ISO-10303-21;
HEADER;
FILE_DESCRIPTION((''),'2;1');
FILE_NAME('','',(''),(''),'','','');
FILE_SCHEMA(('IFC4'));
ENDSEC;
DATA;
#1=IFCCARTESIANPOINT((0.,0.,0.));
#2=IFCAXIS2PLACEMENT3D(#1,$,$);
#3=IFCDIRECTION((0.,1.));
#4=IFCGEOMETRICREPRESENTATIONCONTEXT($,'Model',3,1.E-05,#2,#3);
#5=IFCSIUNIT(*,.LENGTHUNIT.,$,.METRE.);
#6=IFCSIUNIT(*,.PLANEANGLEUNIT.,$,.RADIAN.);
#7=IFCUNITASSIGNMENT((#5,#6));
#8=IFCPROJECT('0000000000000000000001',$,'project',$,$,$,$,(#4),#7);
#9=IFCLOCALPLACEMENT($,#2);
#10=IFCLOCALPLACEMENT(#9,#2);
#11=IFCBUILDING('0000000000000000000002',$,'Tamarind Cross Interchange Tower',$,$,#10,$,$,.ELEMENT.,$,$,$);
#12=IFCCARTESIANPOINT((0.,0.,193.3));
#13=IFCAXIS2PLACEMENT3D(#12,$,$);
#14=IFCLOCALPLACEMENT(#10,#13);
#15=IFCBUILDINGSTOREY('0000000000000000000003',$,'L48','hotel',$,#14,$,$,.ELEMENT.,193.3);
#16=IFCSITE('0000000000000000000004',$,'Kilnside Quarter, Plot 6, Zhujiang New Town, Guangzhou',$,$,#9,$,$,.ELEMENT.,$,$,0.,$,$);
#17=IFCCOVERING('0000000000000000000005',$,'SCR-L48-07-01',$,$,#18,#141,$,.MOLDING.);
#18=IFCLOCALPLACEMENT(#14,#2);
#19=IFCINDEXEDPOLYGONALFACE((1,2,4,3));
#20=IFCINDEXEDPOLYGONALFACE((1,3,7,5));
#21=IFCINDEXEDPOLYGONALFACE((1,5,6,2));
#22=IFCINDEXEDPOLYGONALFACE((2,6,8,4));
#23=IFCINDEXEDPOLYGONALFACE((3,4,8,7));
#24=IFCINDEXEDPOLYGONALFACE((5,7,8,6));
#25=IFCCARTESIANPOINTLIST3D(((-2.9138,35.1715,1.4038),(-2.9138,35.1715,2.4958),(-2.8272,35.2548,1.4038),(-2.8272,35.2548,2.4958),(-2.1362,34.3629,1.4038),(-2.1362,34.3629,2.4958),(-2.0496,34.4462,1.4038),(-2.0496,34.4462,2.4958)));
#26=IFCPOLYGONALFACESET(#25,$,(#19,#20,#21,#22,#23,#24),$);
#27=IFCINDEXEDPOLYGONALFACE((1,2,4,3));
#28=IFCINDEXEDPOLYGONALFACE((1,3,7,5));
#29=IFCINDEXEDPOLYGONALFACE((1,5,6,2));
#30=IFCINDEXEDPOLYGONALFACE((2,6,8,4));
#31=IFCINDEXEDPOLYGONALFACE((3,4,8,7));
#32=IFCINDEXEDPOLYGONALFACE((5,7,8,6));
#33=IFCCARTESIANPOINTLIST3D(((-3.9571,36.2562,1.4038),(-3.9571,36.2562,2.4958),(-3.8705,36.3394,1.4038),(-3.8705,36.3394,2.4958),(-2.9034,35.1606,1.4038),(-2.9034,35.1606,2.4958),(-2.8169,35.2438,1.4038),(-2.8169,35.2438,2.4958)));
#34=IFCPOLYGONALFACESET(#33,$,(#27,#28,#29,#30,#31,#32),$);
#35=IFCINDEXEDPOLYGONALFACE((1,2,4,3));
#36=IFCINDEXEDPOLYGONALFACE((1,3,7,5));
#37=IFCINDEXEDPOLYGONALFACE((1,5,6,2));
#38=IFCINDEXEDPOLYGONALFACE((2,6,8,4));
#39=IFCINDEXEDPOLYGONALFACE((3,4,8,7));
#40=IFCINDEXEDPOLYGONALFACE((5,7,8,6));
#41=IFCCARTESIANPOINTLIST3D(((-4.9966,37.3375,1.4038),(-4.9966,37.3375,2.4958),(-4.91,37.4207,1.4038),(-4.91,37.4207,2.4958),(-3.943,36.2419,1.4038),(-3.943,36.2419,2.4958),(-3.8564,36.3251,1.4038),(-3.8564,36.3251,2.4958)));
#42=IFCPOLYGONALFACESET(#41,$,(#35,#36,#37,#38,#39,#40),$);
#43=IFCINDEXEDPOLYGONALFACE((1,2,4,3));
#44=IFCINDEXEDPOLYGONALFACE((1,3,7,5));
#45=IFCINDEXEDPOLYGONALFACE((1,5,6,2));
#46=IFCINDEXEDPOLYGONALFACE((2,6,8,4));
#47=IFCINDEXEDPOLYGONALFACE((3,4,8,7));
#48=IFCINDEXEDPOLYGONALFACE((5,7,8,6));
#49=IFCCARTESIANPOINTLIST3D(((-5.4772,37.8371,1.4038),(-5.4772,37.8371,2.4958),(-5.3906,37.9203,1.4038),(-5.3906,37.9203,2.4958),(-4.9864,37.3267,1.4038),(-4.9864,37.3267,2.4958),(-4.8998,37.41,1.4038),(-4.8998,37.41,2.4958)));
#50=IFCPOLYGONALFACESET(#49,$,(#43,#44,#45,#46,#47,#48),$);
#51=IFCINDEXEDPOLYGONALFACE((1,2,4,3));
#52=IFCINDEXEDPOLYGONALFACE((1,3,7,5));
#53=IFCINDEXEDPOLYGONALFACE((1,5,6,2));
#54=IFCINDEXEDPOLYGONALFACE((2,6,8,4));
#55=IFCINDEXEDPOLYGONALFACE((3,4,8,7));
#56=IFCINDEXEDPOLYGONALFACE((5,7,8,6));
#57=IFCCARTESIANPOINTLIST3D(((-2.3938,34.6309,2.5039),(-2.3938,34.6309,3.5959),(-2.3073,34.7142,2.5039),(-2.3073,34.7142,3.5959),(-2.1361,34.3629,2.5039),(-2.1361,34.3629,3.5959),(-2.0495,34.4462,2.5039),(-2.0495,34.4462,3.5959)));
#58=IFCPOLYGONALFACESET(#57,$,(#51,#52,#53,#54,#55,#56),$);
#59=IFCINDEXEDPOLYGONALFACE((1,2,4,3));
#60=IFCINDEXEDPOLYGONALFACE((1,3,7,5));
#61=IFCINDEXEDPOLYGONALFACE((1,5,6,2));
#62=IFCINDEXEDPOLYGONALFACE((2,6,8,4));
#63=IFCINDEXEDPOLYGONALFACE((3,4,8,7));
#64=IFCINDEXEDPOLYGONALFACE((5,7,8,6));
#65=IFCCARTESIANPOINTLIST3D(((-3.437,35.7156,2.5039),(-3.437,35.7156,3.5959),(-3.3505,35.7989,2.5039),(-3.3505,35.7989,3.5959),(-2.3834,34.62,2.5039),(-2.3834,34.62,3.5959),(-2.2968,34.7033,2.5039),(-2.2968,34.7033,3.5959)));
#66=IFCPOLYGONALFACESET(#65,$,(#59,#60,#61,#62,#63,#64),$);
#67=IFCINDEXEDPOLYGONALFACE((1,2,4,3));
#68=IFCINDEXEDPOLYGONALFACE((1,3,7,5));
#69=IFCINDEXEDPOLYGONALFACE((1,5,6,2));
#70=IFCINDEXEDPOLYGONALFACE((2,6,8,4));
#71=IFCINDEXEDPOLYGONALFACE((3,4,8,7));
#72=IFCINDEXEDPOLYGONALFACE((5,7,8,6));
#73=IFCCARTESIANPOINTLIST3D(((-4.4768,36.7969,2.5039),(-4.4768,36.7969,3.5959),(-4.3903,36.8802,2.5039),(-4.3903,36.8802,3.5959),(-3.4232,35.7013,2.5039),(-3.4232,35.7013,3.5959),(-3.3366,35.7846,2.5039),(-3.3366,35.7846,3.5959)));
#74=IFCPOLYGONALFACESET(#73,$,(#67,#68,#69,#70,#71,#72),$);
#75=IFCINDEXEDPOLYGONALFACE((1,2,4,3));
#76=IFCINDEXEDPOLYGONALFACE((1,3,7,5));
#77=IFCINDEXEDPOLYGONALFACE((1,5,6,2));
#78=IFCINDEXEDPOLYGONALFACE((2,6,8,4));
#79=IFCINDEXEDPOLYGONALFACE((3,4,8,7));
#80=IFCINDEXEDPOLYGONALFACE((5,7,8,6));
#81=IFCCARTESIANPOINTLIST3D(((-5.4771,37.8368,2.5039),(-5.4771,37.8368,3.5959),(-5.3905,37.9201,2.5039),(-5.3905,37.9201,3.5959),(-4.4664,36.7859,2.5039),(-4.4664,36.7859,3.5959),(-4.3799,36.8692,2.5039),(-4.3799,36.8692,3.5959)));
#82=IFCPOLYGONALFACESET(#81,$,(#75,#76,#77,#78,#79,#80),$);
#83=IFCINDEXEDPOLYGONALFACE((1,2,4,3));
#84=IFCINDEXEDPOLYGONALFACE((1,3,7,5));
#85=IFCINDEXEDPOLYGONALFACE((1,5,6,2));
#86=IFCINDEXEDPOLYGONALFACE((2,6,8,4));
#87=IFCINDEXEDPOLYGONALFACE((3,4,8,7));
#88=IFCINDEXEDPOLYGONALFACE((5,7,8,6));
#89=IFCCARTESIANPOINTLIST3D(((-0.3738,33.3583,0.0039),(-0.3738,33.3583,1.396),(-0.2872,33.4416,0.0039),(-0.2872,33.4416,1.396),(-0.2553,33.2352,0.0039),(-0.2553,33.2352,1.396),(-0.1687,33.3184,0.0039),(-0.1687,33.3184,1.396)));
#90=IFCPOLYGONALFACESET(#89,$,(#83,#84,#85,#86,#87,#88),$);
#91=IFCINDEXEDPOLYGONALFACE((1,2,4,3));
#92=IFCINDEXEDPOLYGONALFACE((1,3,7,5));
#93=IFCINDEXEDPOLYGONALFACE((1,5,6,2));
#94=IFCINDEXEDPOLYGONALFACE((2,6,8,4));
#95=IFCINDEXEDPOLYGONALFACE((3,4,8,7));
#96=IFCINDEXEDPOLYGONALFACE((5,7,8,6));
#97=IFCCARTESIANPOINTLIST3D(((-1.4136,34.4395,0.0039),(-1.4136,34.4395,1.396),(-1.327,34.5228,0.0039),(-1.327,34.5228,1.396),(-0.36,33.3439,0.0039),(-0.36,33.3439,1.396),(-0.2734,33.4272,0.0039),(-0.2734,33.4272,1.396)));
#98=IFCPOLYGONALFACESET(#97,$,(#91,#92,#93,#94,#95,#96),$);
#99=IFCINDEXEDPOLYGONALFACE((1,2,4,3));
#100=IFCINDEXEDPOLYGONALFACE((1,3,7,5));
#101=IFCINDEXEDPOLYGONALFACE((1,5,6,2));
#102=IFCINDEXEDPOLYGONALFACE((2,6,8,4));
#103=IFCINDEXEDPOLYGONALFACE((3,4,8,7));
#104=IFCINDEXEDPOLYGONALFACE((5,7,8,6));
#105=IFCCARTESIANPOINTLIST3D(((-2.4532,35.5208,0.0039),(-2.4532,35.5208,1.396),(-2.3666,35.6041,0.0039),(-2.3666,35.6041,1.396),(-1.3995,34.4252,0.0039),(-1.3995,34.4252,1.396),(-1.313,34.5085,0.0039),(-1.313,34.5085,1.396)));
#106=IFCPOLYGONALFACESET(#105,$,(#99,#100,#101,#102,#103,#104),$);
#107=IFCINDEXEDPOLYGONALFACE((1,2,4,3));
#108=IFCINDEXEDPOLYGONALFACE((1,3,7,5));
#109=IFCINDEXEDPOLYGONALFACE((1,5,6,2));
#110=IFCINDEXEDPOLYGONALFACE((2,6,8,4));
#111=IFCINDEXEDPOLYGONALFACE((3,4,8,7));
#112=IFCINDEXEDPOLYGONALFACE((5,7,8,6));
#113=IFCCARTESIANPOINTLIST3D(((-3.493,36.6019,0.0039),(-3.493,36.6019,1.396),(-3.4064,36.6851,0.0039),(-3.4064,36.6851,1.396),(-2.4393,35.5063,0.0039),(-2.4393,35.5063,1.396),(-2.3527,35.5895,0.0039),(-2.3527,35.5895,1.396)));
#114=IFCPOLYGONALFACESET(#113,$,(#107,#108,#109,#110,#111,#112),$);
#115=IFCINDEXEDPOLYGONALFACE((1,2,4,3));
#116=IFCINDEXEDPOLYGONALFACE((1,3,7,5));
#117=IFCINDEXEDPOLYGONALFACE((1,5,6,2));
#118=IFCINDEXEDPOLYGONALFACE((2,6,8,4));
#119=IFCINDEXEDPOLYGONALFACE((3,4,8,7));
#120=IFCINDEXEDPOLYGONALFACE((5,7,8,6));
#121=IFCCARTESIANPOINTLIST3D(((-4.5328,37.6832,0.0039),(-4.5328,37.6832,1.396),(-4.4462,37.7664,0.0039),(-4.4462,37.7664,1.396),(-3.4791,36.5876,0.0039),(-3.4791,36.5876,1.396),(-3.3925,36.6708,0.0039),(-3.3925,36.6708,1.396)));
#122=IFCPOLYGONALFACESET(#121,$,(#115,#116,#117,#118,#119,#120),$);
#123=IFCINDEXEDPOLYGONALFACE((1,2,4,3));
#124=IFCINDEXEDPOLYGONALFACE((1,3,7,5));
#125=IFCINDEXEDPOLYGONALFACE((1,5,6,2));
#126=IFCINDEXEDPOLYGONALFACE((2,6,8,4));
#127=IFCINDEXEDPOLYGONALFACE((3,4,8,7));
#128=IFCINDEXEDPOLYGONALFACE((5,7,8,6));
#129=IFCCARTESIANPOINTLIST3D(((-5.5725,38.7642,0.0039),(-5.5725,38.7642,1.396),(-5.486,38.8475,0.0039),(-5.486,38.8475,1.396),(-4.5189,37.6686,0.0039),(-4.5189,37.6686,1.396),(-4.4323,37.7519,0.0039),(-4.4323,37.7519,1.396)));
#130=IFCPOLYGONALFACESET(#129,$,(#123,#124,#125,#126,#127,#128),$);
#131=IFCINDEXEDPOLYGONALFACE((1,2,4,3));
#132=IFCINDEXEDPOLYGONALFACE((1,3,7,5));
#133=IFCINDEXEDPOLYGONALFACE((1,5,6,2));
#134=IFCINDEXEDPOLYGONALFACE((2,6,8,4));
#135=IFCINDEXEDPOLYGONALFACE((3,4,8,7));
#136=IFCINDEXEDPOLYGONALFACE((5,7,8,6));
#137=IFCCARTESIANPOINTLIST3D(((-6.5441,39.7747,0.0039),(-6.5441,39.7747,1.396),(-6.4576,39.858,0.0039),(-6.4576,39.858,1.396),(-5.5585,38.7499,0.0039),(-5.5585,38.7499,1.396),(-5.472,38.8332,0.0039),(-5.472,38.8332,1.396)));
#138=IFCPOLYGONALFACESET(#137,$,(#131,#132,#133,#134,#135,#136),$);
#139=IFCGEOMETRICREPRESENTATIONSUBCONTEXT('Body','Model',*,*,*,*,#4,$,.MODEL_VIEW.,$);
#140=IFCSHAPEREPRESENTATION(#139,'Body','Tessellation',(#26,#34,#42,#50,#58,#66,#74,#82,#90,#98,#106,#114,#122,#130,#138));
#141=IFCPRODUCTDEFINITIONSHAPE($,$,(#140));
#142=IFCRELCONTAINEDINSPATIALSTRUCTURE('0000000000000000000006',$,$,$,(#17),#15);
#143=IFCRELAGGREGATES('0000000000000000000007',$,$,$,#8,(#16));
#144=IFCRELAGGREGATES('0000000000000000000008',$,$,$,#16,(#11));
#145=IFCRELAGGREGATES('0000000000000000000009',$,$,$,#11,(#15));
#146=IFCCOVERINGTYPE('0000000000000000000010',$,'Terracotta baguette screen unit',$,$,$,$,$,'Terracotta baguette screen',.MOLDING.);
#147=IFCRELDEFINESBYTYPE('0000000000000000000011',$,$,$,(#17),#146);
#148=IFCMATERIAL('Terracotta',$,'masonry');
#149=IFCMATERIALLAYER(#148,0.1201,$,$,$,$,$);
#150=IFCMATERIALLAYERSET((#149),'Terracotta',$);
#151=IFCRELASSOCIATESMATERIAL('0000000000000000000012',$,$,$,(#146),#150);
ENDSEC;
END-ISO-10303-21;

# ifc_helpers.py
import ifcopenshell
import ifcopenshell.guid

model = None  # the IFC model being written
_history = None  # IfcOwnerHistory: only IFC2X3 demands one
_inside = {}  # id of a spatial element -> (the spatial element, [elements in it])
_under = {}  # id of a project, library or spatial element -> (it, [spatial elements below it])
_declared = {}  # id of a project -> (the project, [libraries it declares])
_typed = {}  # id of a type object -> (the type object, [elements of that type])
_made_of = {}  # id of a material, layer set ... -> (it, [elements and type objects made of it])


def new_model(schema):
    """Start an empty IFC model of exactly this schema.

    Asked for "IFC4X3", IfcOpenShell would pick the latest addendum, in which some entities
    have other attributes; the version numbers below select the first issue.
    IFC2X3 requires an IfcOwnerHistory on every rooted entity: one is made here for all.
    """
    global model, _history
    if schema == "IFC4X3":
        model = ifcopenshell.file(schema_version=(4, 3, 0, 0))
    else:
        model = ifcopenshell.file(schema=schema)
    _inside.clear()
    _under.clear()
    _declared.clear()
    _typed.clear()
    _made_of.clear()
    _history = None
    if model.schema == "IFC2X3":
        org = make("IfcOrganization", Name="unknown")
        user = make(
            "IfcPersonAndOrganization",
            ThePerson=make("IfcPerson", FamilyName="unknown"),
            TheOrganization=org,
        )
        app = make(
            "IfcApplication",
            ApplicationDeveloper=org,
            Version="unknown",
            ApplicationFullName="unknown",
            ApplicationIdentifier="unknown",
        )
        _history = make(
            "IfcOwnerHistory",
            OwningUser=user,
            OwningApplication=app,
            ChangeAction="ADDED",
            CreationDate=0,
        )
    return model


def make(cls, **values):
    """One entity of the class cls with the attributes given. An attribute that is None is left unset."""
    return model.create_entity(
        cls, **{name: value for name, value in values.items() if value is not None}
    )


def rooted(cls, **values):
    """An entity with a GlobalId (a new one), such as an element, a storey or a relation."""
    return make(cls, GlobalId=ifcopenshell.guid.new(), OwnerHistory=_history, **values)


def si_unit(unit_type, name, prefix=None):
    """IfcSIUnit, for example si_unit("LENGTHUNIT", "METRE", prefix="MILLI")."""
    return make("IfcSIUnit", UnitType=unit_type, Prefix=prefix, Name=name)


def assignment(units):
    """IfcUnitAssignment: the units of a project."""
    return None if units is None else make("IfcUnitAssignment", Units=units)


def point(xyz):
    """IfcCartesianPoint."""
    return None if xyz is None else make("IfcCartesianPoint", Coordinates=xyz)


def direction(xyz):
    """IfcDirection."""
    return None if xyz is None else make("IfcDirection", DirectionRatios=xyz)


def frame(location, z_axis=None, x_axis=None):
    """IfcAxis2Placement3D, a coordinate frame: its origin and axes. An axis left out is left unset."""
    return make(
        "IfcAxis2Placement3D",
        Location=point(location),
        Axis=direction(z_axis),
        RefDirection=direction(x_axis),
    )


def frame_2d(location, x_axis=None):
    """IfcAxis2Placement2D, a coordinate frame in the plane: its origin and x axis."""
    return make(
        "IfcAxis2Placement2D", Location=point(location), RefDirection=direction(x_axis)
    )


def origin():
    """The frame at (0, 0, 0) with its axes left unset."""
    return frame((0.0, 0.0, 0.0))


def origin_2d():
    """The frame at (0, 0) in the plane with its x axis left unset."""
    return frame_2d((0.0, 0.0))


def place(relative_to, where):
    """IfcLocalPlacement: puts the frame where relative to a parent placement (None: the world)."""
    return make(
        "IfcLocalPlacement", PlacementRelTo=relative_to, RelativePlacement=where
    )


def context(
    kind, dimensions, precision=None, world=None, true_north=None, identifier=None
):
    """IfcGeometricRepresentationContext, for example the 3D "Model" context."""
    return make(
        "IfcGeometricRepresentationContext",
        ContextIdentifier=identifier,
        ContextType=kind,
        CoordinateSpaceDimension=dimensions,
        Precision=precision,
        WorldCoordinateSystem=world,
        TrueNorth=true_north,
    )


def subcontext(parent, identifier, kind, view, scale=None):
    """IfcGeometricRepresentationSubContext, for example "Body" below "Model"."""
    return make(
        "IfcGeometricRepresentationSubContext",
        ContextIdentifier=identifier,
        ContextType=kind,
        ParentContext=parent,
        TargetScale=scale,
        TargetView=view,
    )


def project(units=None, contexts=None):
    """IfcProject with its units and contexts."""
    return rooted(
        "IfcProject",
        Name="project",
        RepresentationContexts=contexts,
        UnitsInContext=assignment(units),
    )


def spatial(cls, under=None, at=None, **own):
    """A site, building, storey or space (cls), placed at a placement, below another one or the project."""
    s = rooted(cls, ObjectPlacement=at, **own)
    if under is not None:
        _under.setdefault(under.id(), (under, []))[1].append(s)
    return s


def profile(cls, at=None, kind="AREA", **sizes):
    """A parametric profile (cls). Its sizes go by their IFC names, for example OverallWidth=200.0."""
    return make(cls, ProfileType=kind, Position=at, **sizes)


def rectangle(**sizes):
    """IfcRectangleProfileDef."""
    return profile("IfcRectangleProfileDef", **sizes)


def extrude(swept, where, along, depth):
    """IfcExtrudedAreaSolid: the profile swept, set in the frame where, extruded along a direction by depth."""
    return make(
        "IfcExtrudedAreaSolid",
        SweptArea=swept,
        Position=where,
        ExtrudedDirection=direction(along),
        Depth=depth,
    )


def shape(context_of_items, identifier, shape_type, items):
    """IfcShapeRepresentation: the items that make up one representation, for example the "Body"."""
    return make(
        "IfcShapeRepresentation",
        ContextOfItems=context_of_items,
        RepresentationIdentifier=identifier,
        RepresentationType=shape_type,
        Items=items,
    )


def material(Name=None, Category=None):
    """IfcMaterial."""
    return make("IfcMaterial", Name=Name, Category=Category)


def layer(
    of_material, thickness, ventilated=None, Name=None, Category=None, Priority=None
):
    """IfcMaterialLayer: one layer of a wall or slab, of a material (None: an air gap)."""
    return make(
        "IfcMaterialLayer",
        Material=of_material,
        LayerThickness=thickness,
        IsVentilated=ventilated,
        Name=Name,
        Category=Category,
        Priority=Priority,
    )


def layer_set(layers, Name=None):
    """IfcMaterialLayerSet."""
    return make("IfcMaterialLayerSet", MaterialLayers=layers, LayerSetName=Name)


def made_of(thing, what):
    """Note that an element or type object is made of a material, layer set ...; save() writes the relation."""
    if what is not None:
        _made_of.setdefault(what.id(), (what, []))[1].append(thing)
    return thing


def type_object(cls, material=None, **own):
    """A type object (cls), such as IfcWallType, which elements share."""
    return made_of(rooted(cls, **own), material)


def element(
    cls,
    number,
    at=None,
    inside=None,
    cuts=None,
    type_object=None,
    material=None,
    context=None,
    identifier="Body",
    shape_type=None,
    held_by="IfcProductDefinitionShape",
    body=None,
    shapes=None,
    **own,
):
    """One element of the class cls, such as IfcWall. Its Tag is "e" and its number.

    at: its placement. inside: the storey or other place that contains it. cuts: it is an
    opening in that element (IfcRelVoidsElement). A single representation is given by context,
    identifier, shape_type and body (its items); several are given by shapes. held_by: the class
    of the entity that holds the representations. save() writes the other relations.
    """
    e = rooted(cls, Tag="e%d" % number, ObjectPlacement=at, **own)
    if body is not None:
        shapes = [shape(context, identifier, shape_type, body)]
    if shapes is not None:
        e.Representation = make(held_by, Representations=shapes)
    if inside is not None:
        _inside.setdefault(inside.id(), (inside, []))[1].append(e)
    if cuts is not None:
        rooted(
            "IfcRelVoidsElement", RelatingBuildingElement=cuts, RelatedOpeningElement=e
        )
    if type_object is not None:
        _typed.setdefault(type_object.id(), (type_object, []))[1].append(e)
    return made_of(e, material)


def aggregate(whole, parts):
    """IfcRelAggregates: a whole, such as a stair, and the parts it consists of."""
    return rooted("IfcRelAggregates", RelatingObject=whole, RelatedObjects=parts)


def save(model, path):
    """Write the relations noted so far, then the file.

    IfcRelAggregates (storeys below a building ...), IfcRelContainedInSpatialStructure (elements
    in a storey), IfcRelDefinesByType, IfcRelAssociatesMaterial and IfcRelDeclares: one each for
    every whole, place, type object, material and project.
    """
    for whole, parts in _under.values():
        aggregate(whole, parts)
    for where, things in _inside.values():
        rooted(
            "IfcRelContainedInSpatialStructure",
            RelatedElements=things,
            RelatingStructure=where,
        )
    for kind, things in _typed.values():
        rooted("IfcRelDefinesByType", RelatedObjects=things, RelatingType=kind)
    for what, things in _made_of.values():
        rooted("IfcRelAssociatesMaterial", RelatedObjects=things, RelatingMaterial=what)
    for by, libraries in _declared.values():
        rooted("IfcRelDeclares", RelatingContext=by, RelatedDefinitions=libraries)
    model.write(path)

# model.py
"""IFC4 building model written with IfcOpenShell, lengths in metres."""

from ifc_helpers import new_model, si_unit, direction, frame, origin, origin_2d, place, context, subcontext, project, spatial, rectangle, extrude, material, layer, layer_set, type_object, element, save


model = new_model("IFC4")

# Units and contexts
model_context = context("Model", 3, precision=1e-05, world=origin(), true_north=direction((0.0, 1.0)))
body_context = subcontext(model_context, "Body", "Model", "MODEL_VIEW")
ifc_project = project(units=[si_unit("LENGTHUNIT", "METRE"), si_unit("PLANEANGLEUNIT", "RADIAN")], contexts=[model_context])

# Site, building, storey
site_placement = place(None, origin())
site = spatial("IfcSite", under=ifc_project, at=site_placement, Name="Kilnside Quarter, Plot 6, Zhujiang New Town, Guangzhou", CompositionType="ELEMENT", RefElevation=0.0)
building_placement = place(site_placement, origin())
building = spatial("IfcBuilding", under=site, at=building_placement, Name="Tamarind Cross Interchange Tower", CompositionType="ELEMENT")
storey_placement = place(building_placement, frame((0.0, 0.0, 193.3)))
storey = spatial("IfcBuildingStorey", under=building, at=storey_placement, Name="L48", Description="hotel", CompositionType="ELEMENT", Elevation=193.3)

# Covering
ifc_material_1 = material(Name="Terracotta", Category="masonry")
ifc_layer_1 = layer(ifc_material_1, 0.1201)
ifc_layer_set_1 = layer_set([ifc_layer_1], Name="Terracotta")
covering_type = type_object("IfcCoveringType", Name="Terracotta baguette screen unit", ElementType="Terracotta baguette screen", PredefinedType="MOLDING", material=ifc_layer_set_1)
covering_1_placement = place(storey_placement, origin())
element("IfcCovering", 1, at=covering_1_placement, inside=storey, type_object=covering_type, Name="SCR-L48-07-01", PredefinedType="MOLDING", context=body_context, shape_type="SweptSolid", body=[
    extrude(rectangle(XDim=1.1218, YDim=0.1201, at=origin_2d()), frame((-2.4817, 34.8088, 1.4038), z_axis=(0.0, 0.0, 1.0), x_axis=(-0.69317, 0.720774, 0.0)), (0.0, 0.0, 1.0), 1.092),
    extrude(rectangle(XDim=1.52, YDim=0.1201, at=origin_2d()), frame((-3.387, 35.75, 1.4038), z_axis=(0.0, 0.0, 1.0), x_axis=(-0.69317, 0.720774, 0.0)), (0.0, 0.0, 1.0), 1.092),
    extrude(rectangle(XDim=1.52, YDim=0.1201, at=origin_2d()), frame((-4.4265, 36.8313, 1.4038), z_axis=(0.0, 0.0, 1.0), x_axis=(-0.69317, 0.720774, 0.0)), (0.0, 0.0, 1.0), 1.092),
    extrude(rectangle(XDim=0.708, YDim=0.1201, at=origin_2d()), frame((-5.1885, 37.6235, 1.4038), z_axis=(0.0, 0.0, 1.0), x_axis=(-0.69317, 0.720774, 0.0)), (0.0, 0.0, 1.0), 1.092),
    extrude(rectangle(XDim=0.3718, YDim=0.1201, at=origin_2d()), frame((-2.2217, 34.5386, 2.5039), z_axis=(0.0, 0.0, 1.0), x_axis=(-0.69317, 0.720774, 0.0)), (0.0, 0.0, 1.0), 1.092),
    extrude(rectangle(XDim=1.52, YDim=0.1201, at=origin_2d()), frame((-2.8669, 35.2095, 2.5039), z_axis=(0.0, 0.0, 1.0), x_axis=(-0.69317, 0.720774, 0.0)), (0.0, 0.0, 1.0), 1.092),
    extrude(rectangle(XDim=1.52, YDim=0.1201, at=origin_2d()), frame((-3.9067, 36.2908, 2.5039), z_axis=(0.0, 0.0, 1.0), x_axis=(-0.69317, 0.720774, 0.0)), (0.0, 0.0, 1.0), 1.092),
    extrude(rectangle(XDim=1.458, YDim=0.1201, at=origin_2d()), frame((-4.9285, 37.353, 2.5039), z_axis=(0.0, 0.0, 1.0), x_axis=(-0.69317, 0.720774, 0.0)), (0.0, 0.0, 1.0), 1.092),
    extrude(rectangle(XDim=0.1709, YDim=0.1201, at=origin_2d()), frame((-0.2712, 33.3384, 0.0039), z_axis=(0.0, 0.0, 1.0), x_axis=(-0.69317, 0.720774, 0.0)), (0.0, 0.0, 1.0), 1.3921),
    extrude(rectangle(XDim=1.52, YDim=0.1201, at=origin_2d()), frame((-0.8435, 33.9333, 0.0039), z_axis=(0.0, 0.0, 1.0), x_axis=(-0.69317, 0.720774, 0.0)), (0.0, 0.0, 1.0), 1.3921),
    extrude(rectangle(XDim=1.52, YDim=0.1201, at=origin_2d()), frame((-1.8831, 35.0146, 0.0039), z_axis=(0.0, 0.0, 1.0), x_axis=(-0.69317, 0.720774, 0.0)), (0.0, 0.0, 1.0), 1.3921),
    extrude(rectangle(XDim=1.52, YDim=0.1201, at=origin_2d()), frame((-2.9229, 36.0957, 0.0039), z_axis=(0.0, 0.0, 1.0), x_axis=(-0.69317, 0.720774, 0.0)), (0.0, 0.0, 1.0), 1.3921),
    extrude(rectangle(XDim=1.52, YDim=0.1201, at=origin_2d()), frame((-3.9626, 37.177, 0.0039), z_axis=(0.0, 0.0, 1.0), x_axis=(-0.69317, 0.720774, 0.0)), (0.0, 0.0, 1.0), 1.3921),
    extrude(rectangle(XDim=1.52, YDim=0.1201, at=origin_2d()), frame((-5.0024, 38.2581, 0.0039), z_axis=(0.0, 0.0, 1.0), x_axis=(-0.69317, 0.720774, 0.0)), (0.0, 0.0, 1.0), 1.3921),
    extrude(rectangle(XDim=1.4219, YDim=0.1201, at=origin_2d()), frame((-6.0081, 39.304, 0.0039), z_axis=(0.0, 0.0, 1.0), x_axis=(-0.69317, 0.720774, 0.0)), (0.0, 0.0, 1.0), 1.3921),
])

save(model, "model.ifc")
